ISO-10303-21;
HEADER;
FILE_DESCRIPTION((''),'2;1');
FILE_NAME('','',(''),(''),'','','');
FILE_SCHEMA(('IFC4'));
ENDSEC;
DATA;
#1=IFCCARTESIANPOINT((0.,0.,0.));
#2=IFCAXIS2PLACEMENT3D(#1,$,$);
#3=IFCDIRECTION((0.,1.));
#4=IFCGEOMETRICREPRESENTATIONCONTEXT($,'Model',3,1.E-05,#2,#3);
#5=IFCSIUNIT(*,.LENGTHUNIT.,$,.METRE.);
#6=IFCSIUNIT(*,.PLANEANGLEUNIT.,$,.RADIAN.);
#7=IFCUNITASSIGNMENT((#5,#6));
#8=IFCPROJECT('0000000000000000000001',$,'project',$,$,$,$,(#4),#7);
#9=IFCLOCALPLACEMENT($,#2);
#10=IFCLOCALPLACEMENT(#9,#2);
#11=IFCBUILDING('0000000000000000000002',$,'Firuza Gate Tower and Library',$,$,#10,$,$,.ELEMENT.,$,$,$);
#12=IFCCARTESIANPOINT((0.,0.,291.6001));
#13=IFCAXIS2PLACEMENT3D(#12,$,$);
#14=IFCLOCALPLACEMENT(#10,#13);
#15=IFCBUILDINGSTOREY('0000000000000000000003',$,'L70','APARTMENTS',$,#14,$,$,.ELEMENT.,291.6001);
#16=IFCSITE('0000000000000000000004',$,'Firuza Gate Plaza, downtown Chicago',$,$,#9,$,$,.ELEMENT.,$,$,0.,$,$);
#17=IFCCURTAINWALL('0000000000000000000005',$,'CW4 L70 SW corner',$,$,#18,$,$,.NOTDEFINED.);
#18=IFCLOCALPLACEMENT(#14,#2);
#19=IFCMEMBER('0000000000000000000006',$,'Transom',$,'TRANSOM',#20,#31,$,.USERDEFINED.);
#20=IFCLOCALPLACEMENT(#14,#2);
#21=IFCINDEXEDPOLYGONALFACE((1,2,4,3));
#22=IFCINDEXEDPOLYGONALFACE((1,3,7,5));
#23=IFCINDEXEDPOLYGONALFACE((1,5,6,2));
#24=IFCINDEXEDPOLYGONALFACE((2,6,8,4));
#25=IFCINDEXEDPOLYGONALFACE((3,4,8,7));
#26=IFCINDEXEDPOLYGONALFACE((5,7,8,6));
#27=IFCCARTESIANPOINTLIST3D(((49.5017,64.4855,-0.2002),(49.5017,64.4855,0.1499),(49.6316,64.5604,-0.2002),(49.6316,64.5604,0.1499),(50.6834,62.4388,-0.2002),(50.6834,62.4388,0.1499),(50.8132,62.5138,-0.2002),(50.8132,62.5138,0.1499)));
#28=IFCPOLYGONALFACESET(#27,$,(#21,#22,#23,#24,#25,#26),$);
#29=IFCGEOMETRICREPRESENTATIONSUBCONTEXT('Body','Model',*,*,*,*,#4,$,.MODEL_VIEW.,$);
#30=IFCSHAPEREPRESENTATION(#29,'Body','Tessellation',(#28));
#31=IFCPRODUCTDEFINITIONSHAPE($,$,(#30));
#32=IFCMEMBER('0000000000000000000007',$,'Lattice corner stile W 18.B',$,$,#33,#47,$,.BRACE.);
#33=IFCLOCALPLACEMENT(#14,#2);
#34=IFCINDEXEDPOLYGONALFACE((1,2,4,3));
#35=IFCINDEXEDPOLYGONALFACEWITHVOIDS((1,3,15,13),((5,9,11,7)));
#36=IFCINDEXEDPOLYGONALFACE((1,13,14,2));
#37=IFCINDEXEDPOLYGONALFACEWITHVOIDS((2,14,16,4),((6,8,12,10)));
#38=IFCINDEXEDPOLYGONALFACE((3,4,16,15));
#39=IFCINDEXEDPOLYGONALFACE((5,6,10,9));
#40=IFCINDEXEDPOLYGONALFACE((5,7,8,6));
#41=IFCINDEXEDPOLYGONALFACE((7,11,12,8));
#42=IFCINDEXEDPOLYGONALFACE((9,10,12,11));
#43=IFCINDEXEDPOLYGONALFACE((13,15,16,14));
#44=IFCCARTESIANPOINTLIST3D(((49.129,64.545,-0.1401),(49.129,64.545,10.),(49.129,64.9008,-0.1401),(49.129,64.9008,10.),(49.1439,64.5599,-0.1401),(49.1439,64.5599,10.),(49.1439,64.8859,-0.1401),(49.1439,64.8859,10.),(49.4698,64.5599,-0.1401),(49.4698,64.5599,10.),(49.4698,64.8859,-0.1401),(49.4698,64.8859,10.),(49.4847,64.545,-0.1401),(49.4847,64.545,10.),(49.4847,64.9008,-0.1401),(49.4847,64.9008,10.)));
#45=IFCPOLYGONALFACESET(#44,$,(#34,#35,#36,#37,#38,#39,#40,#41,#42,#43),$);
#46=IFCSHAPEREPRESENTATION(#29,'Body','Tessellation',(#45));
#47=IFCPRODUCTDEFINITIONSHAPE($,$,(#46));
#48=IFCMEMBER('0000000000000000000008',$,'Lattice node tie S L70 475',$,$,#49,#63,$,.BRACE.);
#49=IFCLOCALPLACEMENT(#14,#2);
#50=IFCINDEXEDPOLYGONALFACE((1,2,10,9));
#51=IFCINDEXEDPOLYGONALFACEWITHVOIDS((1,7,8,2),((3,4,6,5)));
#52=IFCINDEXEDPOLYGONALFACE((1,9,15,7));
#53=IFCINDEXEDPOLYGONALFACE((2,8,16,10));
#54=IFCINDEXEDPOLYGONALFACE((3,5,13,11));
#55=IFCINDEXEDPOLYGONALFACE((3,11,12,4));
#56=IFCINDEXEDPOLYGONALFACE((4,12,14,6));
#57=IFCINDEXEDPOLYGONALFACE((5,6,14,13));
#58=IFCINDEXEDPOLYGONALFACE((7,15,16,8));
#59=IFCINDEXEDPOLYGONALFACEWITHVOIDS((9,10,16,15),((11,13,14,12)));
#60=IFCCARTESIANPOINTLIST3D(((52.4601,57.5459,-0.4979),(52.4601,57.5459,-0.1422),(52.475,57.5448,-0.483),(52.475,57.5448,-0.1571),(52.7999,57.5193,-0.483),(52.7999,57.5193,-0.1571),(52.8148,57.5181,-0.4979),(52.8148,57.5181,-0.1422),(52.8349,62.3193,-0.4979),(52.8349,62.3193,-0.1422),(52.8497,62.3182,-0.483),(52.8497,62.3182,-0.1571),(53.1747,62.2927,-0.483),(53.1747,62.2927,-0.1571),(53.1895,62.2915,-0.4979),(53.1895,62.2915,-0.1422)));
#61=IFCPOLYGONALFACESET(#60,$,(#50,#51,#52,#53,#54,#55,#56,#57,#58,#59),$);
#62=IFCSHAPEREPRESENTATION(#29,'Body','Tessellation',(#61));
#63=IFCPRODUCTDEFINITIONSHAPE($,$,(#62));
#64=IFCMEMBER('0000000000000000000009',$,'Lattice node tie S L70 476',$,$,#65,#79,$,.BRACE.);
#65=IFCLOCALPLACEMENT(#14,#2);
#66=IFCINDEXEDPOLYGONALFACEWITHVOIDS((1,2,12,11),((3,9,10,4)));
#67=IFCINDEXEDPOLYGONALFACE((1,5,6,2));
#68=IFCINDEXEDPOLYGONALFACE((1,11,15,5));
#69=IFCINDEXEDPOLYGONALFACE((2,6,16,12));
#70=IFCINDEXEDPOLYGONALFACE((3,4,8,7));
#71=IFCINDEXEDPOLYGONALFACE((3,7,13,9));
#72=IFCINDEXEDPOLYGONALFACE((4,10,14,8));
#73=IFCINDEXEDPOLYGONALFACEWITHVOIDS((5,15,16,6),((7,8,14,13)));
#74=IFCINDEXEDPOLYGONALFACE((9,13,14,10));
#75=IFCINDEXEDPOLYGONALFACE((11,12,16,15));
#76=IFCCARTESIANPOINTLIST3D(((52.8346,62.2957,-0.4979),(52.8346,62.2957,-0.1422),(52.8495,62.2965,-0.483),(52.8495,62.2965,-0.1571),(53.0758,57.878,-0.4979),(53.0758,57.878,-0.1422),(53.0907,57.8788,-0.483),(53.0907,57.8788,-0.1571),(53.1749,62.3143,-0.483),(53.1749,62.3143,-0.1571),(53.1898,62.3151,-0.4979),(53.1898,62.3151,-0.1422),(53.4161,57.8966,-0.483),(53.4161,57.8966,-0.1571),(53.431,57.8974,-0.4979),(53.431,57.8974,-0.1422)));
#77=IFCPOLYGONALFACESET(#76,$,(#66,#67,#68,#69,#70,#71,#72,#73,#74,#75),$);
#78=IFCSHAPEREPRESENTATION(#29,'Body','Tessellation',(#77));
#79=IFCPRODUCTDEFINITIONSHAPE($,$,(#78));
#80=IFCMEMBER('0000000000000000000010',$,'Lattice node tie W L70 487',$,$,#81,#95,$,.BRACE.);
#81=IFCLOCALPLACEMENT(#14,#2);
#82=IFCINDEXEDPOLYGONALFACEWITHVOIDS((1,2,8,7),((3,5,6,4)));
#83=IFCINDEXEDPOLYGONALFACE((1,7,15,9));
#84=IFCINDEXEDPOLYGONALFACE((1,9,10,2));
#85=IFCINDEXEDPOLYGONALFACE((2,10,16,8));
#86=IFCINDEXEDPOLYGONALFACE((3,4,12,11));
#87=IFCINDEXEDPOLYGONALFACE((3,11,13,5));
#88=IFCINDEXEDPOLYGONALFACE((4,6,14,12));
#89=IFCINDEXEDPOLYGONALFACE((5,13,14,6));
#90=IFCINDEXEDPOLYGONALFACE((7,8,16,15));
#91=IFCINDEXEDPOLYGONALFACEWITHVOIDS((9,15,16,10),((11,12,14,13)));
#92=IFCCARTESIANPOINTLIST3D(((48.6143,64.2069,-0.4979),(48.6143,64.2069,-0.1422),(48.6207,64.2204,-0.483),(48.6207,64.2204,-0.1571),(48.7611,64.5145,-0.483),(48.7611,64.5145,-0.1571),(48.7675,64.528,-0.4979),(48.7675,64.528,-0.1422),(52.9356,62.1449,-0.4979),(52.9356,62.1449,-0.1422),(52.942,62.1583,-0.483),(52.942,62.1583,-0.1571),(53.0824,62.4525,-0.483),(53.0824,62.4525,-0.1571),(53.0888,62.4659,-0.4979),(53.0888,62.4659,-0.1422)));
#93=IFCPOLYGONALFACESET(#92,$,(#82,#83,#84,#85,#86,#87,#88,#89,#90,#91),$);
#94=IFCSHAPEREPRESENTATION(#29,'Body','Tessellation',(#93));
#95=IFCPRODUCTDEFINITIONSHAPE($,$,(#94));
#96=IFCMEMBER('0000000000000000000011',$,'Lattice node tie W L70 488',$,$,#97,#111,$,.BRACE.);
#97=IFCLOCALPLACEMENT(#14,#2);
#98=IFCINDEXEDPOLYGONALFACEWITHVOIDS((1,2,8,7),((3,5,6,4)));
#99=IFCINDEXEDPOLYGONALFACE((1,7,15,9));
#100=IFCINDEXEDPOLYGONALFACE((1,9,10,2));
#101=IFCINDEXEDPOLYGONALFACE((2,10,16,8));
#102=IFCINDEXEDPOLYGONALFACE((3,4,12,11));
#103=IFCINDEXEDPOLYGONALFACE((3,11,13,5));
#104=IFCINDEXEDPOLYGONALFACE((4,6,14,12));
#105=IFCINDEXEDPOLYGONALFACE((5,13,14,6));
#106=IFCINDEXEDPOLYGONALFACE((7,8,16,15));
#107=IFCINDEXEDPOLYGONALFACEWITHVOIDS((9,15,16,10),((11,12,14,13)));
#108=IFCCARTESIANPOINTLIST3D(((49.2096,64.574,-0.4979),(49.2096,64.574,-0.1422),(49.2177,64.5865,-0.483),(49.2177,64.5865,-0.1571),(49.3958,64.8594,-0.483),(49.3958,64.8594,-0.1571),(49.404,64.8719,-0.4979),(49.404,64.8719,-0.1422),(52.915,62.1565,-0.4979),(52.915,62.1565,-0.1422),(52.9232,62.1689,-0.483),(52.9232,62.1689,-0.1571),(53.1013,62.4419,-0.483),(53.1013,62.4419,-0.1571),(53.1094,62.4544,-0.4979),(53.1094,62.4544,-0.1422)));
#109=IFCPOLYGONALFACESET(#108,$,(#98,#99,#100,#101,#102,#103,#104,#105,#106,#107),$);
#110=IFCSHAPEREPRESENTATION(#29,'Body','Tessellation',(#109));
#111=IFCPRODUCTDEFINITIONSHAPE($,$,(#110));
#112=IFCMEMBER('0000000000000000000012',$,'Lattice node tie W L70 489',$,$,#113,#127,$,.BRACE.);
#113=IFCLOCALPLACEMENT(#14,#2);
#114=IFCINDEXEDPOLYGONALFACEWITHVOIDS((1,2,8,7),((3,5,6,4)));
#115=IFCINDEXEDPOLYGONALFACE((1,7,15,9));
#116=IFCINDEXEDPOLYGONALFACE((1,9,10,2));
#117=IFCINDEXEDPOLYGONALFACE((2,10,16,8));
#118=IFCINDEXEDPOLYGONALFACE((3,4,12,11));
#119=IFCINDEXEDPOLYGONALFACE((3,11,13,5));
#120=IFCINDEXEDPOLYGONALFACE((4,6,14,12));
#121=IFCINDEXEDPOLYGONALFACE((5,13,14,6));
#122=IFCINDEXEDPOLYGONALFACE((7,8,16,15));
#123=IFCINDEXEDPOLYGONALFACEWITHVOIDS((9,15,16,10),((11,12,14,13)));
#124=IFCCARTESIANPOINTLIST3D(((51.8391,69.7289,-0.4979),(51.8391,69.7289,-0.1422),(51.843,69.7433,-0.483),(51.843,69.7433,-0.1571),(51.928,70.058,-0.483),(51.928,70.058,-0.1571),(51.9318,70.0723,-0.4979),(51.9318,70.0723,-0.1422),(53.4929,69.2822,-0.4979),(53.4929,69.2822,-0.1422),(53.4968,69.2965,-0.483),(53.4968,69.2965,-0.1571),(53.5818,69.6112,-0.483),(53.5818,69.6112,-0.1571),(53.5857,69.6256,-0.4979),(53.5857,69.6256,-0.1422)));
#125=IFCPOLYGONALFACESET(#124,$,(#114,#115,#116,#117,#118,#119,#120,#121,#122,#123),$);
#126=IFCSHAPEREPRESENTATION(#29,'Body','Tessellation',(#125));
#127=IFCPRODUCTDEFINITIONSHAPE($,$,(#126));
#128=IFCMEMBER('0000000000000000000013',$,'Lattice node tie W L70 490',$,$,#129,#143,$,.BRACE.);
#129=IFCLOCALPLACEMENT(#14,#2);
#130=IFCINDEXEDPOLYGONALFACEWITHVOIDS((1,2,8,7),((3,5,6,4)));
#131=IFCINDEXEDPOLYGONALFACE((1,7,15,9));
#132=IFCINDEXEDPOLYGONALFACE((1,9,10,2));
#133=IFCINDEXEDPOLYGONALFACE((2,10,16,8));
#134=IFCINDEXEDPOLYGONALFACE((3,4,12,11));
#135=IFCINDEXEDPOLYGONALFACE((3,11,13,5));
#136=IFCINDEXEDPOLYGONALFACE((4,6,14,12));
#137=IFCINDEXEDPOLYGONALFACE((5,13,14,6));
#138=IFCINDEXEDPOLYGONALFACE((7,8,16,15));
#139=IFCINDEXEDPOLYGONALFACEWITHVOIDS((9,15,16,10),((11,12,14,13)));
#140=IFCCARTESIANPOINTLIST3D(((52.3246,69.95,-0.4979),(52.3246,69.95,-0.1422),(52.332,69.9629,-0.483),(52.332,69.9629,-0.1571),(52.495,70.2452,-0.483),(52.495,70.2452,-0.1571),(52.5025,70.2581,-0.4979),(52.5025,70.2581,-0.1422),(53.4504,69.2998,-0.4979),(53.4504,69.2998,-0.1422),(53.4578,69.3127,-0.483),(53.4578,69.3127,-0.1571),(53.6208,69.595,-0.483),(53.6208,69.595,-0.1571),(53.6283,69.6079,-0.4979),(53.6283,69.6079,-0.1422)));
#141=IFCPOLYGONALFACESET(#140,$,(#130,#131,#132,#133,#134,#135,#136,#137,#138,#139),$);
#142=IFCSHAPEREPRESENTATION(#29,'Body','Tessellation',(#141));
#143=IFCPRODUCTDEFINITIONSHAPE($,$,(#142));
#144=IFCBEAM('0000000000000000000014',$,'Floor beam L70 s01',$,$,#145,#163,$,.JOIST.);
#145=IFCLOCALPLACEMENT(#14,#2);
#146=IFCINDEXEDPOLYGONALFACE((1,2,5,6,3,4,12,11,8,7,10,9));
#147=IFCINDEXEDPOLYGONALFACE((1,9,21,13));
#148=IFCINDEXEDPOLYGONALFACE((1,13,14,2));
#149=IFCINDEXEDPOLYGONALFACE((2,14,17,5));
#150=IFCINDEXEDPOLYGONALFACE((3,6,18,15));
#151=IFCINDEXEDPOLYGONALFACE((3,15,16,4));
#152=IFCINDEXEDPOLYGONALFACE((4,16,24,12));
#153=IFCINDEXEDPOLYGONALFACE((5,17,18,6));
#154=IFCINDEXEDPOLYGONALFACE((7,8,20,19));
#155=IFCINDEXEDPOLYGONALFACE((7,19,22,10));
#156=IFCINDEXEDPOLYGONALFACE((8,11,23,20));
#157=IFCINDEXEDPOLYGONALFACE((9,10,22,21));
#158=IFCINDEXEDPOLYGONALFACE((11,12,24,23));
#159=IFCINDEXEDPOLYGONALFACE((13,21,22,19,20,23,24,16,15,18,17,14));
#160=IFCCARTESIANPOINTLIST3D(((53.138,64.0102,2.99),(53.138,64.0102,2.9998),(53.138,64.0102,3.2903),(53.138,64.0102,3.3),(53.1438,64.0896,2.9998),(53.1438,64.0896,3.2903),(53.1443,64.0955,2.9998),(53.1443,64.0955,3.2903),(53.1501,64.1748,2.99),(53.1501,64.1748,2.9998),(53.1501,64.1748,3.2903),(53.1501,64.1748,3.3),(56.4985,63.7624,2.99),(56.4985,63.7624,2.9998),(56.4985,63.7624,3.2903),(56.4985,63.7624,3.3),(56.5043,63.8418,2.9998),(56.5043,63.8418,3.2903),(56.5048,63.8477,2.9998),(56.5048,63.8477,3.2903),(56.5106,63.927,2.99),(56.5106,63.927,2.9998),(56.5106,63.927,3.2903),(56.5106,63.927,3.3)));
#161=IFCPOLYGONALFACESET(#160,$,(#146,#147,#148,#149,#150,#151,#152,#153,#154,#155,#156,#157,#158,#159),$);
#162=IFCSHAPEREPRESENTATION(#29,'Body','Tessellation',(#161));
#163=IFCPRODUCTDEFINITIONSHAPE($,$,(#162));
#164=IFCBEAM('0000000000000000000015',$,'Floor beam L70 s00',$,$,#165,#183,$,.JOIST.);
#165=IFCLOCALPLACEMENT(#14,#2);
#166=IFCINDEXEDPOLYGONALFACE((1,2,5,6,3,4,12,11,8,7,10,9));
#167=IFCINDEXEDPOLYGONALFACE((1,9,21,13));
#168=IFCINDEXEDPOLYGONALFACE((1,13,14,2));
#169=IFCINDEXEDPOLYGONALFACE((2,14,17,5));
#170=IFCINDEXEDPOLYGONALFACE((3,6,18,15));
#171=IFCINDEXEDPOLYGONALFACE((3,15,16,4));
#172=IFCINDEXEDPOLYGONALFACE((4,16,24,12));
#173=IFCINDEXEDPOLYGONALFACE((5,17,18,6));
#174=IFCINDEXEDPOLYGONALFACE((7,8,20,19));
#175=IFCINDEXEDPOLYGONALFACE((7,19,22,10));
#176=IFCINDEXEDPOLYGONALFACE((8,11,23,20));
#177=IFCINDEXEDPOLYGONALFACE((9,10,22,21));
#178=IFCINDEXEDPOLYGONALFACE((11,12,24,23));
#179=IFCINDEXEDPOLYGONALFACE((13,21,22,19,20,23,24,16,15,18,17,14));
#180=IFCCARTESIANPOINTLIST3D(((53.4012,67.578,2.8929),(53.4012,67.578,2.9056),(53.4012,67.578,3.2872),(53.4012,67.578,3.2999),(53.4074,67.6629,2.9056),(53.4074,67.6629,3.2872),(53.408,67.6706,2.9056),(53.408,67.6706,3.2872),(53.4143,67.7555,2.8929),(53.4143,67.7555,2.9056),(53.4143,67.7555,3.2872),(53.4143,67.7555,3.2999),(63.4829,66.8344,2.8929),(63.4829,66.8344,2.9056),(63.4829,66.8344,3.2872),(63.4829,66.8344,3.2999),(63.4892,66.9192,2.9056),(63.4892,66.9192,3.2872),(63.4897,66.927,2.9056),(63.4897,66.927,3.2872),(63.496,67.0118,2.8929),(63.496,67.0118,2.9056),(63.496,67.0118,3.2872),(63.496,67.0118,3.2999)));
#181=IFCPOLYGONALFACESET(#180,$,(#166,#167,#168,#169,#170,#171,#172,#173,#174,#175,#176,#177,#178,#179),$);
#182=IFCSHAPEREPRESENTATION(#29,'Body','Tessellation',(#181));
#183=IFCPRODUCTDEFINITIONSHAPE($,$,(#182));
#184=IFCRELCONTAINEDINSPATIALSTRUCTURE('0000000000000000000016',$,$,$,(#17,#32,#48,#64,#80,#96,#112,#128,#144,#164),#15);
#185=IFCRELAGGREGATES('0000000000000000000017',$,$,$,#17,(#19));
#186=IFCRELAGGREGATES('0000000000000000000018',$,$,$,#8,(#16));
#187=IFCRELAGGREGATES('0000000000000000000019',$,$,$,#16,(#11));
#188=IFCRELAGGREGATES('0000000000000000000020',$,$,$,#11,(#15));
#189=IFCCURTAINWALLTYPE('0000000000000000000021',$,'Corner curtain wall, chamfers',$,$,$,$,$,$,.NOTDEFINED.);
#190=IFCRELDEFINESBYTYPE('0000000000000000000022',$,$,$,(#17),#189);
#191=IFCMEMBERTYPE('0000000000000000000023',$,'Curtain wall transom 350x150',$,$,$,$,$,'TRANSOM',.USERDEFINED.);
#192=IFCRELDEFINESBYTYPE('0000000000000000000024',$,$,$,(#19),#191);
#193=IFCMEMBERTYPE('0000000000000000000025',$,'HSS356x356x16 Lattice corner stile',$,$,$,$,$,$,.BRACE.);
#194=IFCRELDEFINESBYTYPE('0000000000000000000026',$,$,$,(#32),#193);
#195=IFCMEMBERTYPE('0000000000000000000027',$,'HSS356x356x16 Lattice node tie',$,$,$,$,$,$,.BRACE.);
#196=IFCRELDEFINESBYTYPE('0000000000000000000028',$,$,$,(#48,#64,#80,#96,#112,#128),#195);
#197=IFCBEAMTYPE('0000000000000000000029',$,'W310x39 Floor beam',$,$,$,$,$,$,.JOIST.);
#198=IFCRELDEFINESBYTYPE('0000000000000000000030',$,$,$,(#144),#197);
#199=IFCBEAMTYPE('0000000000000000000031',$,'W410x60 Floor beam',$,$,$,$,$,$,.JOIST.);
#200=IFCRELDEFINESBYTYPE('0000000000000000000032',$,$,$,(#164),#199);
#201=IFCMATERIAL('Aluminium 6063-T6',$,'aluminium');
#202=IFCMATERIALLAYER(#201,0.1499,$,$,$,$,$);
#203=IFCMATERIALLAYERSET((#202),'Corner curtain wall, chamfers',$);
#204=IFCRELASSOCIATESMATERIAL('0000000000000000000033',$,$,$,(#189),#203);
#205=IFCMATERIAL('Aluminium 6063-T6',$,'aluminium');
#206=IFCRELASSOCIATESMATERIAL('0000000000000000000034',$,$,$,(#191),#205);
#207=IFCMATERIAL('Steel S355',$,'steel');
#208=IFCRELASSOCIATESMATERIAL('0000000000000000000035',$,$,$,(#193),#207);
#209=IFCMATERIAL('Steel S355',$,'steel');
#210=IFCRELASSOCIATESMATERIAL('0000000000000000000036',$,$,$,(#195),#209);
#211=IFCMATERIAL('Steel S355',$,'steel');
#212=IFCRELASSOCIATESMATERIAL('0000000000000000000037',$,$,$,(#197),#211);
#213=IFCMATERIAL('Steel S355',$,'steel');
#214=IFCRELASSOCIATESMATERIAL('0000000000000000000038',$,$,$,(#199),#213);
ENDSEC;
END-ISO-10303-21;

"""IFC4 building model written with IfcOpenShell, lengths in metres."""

from ifc_helpers import new_model, si_unit, direction, frame, origin, origin_2d, place, context, subcontext, project, spatial, rectangle, hollow_rectangle, i_section, extrude, material, layer, layer_set, material_profile, profile_set, type_object, element, aggregate, save


model = new_model("IFC4")

# Units and contexts
model_context = context("Model", 3, precision=1e-05, world=origin(), true_north=direction((0.0, 1.0)))
body_context = subcontext(model_context, "Body", "Model", "MODEL_VIEW")
ifc_project = project(units=[si_unit("LENGTHUNIT", "METRE"), si_unit("PLANEANGLEUNIT", "RADIAN")], contexts=[model_context])

# Site, building, storey
site_placement = place(None, origin())
site = spatial("IfcSite", under=ifc_project, at=site_placement, Name="Firuza Gate Plaza, downtown Chicago", CompositionType="ELEMENT", RefElevation=0.0)
building_placement = place(site_placement, origin())
building = spatial("IfcBuilding", under=site, at=building_placement, Name="Firuza Gate Tower and Library", CompositionType="ELEMENT")
storey_placement = place(building_placement, frame((0.0, 0.0, 291.6001)))
storey = spatial("IfcBuildingStorey", under=building, at=storey_placement, Name="L70", Description="APARTMENTS", CompositionType="ELEMENT", Elevation=291.6001)

# Shared definitions
placement = place(storey_placement, origin())

# Curtain wall
ifc_material_1 = material(Name="Aluminium 6063-T6", Category="aluminium")
ifc_layer_1 = layer(ifc_material_1, 0.1499)
ifc_layer_set_1 = layer_set([ifc_layer_1], Name="Corner curtain wall, chamfers")
curtain_wall_type_1 = type_object("IfcCurtainWallType", Name="Corner curtain wall, chamfers", PredefinedType="NOTDEFINED", material=ifc_layer_set_1)
curtain_wall_1 = element("IfcCurtainWall", 1, at=placement, inside=storey, type_object=curtain_wall_type_1, Name="CW4 L70 SW corner", PredefinedType="NOTDEFINED")

# Member
ifc_material_2 = material(Name="Aluminium 6063-T6", Category="aluminium")
ifc_material_profile_1 = material_profile(ifc_material_2, rectangle(XDim=0.1499, YDim=0.3501, at=origin_2d()))
ifc_profile_set_1 = profile_set([ifc_material_profile_1], Name="Aluminium 6063-T6")
member_type_1 = type_object("IfcMemberType", Name="Curtain wall transom 350x150", ElementType="TRANSOM", PredefinedType="USERDEFINED", material=ifc_profile_set_1)
member_1_placement = place(storey_placement, frame((49.5667, 64.5229, -0.0251), z_axis=(0.500006, -0.866022, 0.0), x_axis=(0.866022, 0.500006, 0.0)))
member_1 = element("IfcMember", 2, at=member_1_placement, type_object=member_type_1, Name="Transom", ObjectType="TRANSOM", PredefinedType="USERDEFINED", context=body_context, shape_type="SweptSolid", body=[
    extrude(rectangle(XDim=0.1499, YDim=0.3501, at=origin_2d()), origin(), (0.0, 0.0, 1.0), 2.3633),
])

# Members
ifc_material_3 = material(Name="Steel S355", Category="steel")
ifc_material_profile_2 = material_profile(ifc_material_3, hollow_rectangle(XDim=0.3557, YDim=0.3557, WallThickness=0.0149, at=origin_2d()))
ifc_profile_set_2 = profile_set([ifc_material_profile_2], Name="Steel S355")
member_type_2 = type_object("IfcMemberType", Name="HSS356x356x16 Lattice corner stile", PredefinedType="BRACE", material=ifc_profile_set_2)
member_2_placement = place(storey_placement, frame((49.3069, 64.7229, -0.1401), z_axis=(0.0, 0.0, 1.0), x_axis=(1.0, 0.0, 0.0)))
element("IfcMember", 3, at=member_2_placement, inside=storey, type_object=member_type_2, Name="Lattice corner stile W 18.B", PredefinedType="BRACE", context=body_context, shape_type="SweptSolid", body=[
    extrude(hollow_rectangle(XDim=0.3557, YDim=0.3557, WallThickness=0.0149, at=origin_2d()), origin(), (0.0, 0.0, 1.0), 10.1401),
])
ifc_material_4 = material(Name="Steel S355", Category="steel")
ifc_material_profile_3 = material_profile(ifc_material_4, hollow_rectangle(XDim=0.3557, YDim=0.3557, WallThickness=0.0149, at=origin_2d()))
ifc_profile_set_3 = profile_set([ifc_material_profile_3], Name="Steel S355")
member_type_3 = type_object("IfcMemberType", Name="HSS356x356x16 Lattice node tie", PredefinedType="BRACE", material=ifc_profile_set_3)
member_3_placement = place(storey_placement, frame((53.0122, 62.3054, -0.3201), z_axis=(-0.078268, -0.996932, 0.0), x_axis=(0.996932, -0.078268, 0.0)))
element("IfcMember", 4, at=member_3_placement, inside=storey, type_object=member_type_3, Name="Lattice node tie S L70 475", PredefinedType="BRACE", context=body_context, shape_type="SweptSolid", body=[
    extrude(hollow_rectangle(XDim=0.3557, YDim=0.3557, WallThickness=0.0149, at=origin_2d()), origin(), (0.0, 0.0, 1.0), 4.7881),
])
member_4_placement = place(storey_placement, frame((53.0122, 62.3054, -0.3201), z_axis=(0.05452, -0.998513, 0.0), x_axis=(0.998513, 0.05452, 0.0)))
element("IfcMember", 5, at=member_4_placement, inside=storey, type_object=member_type_3, Name="Lattice node tie S L70 476", PredefinedType="BRACE", context=body_context, shape_type="SweptSolid", body=[
    extrude(hollow_rectangle(XDim=0.3557, YDim=0.3557, WallThickness=0.0149, at=origin_2d()), origin(), (0.0, 0.0, 1.0), 4.4243),
])
member_5_placement = place(storey_placement, frame((53.0122, 62.3054, -0.3201), z_axis=(-0.902515, 0.430658, 0.0), x_axis=(-0.430658, -0.902515, 0.0)))
element("IfcMember", 6, at=member_5_placement, inside=storey, type_object=member_type_3, Name="Lattice node tie W L70 487", PredefinedType="BRACE", context=body_context, shape_type="SweptSolid", body=[
    extrude(hollow_rectangle(XDim=0.3557, YDim=0.3557, WallThickness=0.0149, at=origin_2d()), origin(), (0.0, 0.0, 1.0), 4.7881),
])
member_6_placement = place(storey_placement, frame((53.0122, 62.3054, -0.3201), z_axis=(-0.837511, 0.546421, 0.0), x_axis=(-0.546421, -0.837511, 0.0)))
element("IfcMember", 7, at=member_6_placement, inside=storey, type_object=member_type_3, Name="Lattice node tie W L70 488", PredefinedType="BRACE", context=body_context, shape_type="SweptSolid", body=[
    extrude(hollow_rectangle(XDim=0.3557, YDim=0.3557, WallThickness=0.0149, at=origin_2d()), origin(), (0.0, 0.0, 1.0), 4.4243),
])
member_7_placement = place(storey_placement, frame((53.5393, 69.4539, -0.3201), z_axis=(-0.965392, 0.260801, 0.0), x_axis=(-0.260801, -0.965392, 0.0)))
element("IfcMember", 8, at=member_7_placement, inside=storey, type_object=member_type_3, Name="Lattice node tie W L70 489", PredefinedType="BRACE", context=body_context, shape_type="SweptSolid", body=[
    extrude(hollow_rectangle(XDim=0.3557, YDim=0.3557, WallThickness=0.0149, at=origin_2d()), origin(), (0.0, 0.0, 1.0), 1.7131),
])
member_8_placement = place(storey_placement, frame((53.5393, 69.4539, -0.3201), z_axis=(-0.865957, 0.500118, 0.0), x_axis=(-0.500118, -0.865957, 0.0)))
element("IfcMember", 9, at=member_8_placement, inside=storey, type_object=member_type_3, Name="Lattice node tie W L70 490", PredefinedType="BRACE", context=body_context, shape_type="SweptSolid", body=[
    extrude(hollow_rectangle(XDim=0.3557, YDim=0.3557, WallThickness=0.0149, at=origin_2d()), origin(), (0.0, 0.0, 1.0), 1.3),
])

# Beams
ifc_material_5 = material(Name="Steel S355", Category="steel")
ifc_material_profile_4 = material_profile(ifc_material_5, i_section(OverallWidth=0.165, OverallDepth=0.3101, WebThickness=0.0059, FlangeThickness=0.0098, at=origin_2d()))
ifc_profile_set_4 = profile_set([ifc_material_profile_4], Name="Steel S355")
beam_type_1 = type_object("IfcBeamType", Name="W310x39 Floor beam", PredefinedType="JOIST", material=ifc_profile_set_4)
beam_1_placement = place(storey_placement, frame((53.144, 64.0925, 3.145), z_axis=(0.997292, -0.073538, 0.0), x_axis=(0.073538, 0.997292, 0.0)))
element("IfcBeam", 10, at=beam_1_placement, inside=storey, type_object=beam_type_1, Name="Floor beam L70 s01", PredefinedType="JOIST", context=body_context, shape_type="SweptSolid", body=[
    extrude(i_section(OverallWidth=0.165, OverallDepth=0.3101, WebThickness=0.0059, FlangeThickness=0.0098, at=origin_2d()), origin(), (0.0, 0.0, 1.0), 3.3696),
])
ifc_material_6 = material(Name="Steel S355", Category="steel")
ifc_material_profile_5 = material_profile(ifc_material_6, i_section(OverallWidth=0.178, OverallDepth=0.407, WebThickness=0.0078, FlangeThickness=0.0127, at=origin_2d()))
ifc_profile_set_5 = profile_set([ifc_material_profile_5], Name="Steel S355")
beam_type_2 = type_object("IfcBeamType", Name="W410x60 Floor beam", PredefinedType="JOIST", material=ifc_profile_set_5)
beam_2_placement = place(storey_placement, frame((53.4077, 67.6667, 3.0964), z_axis=(0.997291, -0.073562, 0.0), x_axis=(0.073562, 0.997291, 0.0)))
element("IfcBeam", 11, at=beam_2_placement, inside=storey, type_object=beam_type_2, Name="Floor beam L70 s00", PredefinedType="JOIST", context=body_context, shape_type="SweptSolid", body=[
    extrude(i_section(OverallWidth=0.178, OverallDepth=0.407, WebThickness=0.0078, FlangeThickness=0.0127, at=origin_2d()), origin(), (0.0, 0.0, 1.0), 10.1091),
])

aggregate(curtain_wall_1, [member_1])

save(model, "model.ifc")
